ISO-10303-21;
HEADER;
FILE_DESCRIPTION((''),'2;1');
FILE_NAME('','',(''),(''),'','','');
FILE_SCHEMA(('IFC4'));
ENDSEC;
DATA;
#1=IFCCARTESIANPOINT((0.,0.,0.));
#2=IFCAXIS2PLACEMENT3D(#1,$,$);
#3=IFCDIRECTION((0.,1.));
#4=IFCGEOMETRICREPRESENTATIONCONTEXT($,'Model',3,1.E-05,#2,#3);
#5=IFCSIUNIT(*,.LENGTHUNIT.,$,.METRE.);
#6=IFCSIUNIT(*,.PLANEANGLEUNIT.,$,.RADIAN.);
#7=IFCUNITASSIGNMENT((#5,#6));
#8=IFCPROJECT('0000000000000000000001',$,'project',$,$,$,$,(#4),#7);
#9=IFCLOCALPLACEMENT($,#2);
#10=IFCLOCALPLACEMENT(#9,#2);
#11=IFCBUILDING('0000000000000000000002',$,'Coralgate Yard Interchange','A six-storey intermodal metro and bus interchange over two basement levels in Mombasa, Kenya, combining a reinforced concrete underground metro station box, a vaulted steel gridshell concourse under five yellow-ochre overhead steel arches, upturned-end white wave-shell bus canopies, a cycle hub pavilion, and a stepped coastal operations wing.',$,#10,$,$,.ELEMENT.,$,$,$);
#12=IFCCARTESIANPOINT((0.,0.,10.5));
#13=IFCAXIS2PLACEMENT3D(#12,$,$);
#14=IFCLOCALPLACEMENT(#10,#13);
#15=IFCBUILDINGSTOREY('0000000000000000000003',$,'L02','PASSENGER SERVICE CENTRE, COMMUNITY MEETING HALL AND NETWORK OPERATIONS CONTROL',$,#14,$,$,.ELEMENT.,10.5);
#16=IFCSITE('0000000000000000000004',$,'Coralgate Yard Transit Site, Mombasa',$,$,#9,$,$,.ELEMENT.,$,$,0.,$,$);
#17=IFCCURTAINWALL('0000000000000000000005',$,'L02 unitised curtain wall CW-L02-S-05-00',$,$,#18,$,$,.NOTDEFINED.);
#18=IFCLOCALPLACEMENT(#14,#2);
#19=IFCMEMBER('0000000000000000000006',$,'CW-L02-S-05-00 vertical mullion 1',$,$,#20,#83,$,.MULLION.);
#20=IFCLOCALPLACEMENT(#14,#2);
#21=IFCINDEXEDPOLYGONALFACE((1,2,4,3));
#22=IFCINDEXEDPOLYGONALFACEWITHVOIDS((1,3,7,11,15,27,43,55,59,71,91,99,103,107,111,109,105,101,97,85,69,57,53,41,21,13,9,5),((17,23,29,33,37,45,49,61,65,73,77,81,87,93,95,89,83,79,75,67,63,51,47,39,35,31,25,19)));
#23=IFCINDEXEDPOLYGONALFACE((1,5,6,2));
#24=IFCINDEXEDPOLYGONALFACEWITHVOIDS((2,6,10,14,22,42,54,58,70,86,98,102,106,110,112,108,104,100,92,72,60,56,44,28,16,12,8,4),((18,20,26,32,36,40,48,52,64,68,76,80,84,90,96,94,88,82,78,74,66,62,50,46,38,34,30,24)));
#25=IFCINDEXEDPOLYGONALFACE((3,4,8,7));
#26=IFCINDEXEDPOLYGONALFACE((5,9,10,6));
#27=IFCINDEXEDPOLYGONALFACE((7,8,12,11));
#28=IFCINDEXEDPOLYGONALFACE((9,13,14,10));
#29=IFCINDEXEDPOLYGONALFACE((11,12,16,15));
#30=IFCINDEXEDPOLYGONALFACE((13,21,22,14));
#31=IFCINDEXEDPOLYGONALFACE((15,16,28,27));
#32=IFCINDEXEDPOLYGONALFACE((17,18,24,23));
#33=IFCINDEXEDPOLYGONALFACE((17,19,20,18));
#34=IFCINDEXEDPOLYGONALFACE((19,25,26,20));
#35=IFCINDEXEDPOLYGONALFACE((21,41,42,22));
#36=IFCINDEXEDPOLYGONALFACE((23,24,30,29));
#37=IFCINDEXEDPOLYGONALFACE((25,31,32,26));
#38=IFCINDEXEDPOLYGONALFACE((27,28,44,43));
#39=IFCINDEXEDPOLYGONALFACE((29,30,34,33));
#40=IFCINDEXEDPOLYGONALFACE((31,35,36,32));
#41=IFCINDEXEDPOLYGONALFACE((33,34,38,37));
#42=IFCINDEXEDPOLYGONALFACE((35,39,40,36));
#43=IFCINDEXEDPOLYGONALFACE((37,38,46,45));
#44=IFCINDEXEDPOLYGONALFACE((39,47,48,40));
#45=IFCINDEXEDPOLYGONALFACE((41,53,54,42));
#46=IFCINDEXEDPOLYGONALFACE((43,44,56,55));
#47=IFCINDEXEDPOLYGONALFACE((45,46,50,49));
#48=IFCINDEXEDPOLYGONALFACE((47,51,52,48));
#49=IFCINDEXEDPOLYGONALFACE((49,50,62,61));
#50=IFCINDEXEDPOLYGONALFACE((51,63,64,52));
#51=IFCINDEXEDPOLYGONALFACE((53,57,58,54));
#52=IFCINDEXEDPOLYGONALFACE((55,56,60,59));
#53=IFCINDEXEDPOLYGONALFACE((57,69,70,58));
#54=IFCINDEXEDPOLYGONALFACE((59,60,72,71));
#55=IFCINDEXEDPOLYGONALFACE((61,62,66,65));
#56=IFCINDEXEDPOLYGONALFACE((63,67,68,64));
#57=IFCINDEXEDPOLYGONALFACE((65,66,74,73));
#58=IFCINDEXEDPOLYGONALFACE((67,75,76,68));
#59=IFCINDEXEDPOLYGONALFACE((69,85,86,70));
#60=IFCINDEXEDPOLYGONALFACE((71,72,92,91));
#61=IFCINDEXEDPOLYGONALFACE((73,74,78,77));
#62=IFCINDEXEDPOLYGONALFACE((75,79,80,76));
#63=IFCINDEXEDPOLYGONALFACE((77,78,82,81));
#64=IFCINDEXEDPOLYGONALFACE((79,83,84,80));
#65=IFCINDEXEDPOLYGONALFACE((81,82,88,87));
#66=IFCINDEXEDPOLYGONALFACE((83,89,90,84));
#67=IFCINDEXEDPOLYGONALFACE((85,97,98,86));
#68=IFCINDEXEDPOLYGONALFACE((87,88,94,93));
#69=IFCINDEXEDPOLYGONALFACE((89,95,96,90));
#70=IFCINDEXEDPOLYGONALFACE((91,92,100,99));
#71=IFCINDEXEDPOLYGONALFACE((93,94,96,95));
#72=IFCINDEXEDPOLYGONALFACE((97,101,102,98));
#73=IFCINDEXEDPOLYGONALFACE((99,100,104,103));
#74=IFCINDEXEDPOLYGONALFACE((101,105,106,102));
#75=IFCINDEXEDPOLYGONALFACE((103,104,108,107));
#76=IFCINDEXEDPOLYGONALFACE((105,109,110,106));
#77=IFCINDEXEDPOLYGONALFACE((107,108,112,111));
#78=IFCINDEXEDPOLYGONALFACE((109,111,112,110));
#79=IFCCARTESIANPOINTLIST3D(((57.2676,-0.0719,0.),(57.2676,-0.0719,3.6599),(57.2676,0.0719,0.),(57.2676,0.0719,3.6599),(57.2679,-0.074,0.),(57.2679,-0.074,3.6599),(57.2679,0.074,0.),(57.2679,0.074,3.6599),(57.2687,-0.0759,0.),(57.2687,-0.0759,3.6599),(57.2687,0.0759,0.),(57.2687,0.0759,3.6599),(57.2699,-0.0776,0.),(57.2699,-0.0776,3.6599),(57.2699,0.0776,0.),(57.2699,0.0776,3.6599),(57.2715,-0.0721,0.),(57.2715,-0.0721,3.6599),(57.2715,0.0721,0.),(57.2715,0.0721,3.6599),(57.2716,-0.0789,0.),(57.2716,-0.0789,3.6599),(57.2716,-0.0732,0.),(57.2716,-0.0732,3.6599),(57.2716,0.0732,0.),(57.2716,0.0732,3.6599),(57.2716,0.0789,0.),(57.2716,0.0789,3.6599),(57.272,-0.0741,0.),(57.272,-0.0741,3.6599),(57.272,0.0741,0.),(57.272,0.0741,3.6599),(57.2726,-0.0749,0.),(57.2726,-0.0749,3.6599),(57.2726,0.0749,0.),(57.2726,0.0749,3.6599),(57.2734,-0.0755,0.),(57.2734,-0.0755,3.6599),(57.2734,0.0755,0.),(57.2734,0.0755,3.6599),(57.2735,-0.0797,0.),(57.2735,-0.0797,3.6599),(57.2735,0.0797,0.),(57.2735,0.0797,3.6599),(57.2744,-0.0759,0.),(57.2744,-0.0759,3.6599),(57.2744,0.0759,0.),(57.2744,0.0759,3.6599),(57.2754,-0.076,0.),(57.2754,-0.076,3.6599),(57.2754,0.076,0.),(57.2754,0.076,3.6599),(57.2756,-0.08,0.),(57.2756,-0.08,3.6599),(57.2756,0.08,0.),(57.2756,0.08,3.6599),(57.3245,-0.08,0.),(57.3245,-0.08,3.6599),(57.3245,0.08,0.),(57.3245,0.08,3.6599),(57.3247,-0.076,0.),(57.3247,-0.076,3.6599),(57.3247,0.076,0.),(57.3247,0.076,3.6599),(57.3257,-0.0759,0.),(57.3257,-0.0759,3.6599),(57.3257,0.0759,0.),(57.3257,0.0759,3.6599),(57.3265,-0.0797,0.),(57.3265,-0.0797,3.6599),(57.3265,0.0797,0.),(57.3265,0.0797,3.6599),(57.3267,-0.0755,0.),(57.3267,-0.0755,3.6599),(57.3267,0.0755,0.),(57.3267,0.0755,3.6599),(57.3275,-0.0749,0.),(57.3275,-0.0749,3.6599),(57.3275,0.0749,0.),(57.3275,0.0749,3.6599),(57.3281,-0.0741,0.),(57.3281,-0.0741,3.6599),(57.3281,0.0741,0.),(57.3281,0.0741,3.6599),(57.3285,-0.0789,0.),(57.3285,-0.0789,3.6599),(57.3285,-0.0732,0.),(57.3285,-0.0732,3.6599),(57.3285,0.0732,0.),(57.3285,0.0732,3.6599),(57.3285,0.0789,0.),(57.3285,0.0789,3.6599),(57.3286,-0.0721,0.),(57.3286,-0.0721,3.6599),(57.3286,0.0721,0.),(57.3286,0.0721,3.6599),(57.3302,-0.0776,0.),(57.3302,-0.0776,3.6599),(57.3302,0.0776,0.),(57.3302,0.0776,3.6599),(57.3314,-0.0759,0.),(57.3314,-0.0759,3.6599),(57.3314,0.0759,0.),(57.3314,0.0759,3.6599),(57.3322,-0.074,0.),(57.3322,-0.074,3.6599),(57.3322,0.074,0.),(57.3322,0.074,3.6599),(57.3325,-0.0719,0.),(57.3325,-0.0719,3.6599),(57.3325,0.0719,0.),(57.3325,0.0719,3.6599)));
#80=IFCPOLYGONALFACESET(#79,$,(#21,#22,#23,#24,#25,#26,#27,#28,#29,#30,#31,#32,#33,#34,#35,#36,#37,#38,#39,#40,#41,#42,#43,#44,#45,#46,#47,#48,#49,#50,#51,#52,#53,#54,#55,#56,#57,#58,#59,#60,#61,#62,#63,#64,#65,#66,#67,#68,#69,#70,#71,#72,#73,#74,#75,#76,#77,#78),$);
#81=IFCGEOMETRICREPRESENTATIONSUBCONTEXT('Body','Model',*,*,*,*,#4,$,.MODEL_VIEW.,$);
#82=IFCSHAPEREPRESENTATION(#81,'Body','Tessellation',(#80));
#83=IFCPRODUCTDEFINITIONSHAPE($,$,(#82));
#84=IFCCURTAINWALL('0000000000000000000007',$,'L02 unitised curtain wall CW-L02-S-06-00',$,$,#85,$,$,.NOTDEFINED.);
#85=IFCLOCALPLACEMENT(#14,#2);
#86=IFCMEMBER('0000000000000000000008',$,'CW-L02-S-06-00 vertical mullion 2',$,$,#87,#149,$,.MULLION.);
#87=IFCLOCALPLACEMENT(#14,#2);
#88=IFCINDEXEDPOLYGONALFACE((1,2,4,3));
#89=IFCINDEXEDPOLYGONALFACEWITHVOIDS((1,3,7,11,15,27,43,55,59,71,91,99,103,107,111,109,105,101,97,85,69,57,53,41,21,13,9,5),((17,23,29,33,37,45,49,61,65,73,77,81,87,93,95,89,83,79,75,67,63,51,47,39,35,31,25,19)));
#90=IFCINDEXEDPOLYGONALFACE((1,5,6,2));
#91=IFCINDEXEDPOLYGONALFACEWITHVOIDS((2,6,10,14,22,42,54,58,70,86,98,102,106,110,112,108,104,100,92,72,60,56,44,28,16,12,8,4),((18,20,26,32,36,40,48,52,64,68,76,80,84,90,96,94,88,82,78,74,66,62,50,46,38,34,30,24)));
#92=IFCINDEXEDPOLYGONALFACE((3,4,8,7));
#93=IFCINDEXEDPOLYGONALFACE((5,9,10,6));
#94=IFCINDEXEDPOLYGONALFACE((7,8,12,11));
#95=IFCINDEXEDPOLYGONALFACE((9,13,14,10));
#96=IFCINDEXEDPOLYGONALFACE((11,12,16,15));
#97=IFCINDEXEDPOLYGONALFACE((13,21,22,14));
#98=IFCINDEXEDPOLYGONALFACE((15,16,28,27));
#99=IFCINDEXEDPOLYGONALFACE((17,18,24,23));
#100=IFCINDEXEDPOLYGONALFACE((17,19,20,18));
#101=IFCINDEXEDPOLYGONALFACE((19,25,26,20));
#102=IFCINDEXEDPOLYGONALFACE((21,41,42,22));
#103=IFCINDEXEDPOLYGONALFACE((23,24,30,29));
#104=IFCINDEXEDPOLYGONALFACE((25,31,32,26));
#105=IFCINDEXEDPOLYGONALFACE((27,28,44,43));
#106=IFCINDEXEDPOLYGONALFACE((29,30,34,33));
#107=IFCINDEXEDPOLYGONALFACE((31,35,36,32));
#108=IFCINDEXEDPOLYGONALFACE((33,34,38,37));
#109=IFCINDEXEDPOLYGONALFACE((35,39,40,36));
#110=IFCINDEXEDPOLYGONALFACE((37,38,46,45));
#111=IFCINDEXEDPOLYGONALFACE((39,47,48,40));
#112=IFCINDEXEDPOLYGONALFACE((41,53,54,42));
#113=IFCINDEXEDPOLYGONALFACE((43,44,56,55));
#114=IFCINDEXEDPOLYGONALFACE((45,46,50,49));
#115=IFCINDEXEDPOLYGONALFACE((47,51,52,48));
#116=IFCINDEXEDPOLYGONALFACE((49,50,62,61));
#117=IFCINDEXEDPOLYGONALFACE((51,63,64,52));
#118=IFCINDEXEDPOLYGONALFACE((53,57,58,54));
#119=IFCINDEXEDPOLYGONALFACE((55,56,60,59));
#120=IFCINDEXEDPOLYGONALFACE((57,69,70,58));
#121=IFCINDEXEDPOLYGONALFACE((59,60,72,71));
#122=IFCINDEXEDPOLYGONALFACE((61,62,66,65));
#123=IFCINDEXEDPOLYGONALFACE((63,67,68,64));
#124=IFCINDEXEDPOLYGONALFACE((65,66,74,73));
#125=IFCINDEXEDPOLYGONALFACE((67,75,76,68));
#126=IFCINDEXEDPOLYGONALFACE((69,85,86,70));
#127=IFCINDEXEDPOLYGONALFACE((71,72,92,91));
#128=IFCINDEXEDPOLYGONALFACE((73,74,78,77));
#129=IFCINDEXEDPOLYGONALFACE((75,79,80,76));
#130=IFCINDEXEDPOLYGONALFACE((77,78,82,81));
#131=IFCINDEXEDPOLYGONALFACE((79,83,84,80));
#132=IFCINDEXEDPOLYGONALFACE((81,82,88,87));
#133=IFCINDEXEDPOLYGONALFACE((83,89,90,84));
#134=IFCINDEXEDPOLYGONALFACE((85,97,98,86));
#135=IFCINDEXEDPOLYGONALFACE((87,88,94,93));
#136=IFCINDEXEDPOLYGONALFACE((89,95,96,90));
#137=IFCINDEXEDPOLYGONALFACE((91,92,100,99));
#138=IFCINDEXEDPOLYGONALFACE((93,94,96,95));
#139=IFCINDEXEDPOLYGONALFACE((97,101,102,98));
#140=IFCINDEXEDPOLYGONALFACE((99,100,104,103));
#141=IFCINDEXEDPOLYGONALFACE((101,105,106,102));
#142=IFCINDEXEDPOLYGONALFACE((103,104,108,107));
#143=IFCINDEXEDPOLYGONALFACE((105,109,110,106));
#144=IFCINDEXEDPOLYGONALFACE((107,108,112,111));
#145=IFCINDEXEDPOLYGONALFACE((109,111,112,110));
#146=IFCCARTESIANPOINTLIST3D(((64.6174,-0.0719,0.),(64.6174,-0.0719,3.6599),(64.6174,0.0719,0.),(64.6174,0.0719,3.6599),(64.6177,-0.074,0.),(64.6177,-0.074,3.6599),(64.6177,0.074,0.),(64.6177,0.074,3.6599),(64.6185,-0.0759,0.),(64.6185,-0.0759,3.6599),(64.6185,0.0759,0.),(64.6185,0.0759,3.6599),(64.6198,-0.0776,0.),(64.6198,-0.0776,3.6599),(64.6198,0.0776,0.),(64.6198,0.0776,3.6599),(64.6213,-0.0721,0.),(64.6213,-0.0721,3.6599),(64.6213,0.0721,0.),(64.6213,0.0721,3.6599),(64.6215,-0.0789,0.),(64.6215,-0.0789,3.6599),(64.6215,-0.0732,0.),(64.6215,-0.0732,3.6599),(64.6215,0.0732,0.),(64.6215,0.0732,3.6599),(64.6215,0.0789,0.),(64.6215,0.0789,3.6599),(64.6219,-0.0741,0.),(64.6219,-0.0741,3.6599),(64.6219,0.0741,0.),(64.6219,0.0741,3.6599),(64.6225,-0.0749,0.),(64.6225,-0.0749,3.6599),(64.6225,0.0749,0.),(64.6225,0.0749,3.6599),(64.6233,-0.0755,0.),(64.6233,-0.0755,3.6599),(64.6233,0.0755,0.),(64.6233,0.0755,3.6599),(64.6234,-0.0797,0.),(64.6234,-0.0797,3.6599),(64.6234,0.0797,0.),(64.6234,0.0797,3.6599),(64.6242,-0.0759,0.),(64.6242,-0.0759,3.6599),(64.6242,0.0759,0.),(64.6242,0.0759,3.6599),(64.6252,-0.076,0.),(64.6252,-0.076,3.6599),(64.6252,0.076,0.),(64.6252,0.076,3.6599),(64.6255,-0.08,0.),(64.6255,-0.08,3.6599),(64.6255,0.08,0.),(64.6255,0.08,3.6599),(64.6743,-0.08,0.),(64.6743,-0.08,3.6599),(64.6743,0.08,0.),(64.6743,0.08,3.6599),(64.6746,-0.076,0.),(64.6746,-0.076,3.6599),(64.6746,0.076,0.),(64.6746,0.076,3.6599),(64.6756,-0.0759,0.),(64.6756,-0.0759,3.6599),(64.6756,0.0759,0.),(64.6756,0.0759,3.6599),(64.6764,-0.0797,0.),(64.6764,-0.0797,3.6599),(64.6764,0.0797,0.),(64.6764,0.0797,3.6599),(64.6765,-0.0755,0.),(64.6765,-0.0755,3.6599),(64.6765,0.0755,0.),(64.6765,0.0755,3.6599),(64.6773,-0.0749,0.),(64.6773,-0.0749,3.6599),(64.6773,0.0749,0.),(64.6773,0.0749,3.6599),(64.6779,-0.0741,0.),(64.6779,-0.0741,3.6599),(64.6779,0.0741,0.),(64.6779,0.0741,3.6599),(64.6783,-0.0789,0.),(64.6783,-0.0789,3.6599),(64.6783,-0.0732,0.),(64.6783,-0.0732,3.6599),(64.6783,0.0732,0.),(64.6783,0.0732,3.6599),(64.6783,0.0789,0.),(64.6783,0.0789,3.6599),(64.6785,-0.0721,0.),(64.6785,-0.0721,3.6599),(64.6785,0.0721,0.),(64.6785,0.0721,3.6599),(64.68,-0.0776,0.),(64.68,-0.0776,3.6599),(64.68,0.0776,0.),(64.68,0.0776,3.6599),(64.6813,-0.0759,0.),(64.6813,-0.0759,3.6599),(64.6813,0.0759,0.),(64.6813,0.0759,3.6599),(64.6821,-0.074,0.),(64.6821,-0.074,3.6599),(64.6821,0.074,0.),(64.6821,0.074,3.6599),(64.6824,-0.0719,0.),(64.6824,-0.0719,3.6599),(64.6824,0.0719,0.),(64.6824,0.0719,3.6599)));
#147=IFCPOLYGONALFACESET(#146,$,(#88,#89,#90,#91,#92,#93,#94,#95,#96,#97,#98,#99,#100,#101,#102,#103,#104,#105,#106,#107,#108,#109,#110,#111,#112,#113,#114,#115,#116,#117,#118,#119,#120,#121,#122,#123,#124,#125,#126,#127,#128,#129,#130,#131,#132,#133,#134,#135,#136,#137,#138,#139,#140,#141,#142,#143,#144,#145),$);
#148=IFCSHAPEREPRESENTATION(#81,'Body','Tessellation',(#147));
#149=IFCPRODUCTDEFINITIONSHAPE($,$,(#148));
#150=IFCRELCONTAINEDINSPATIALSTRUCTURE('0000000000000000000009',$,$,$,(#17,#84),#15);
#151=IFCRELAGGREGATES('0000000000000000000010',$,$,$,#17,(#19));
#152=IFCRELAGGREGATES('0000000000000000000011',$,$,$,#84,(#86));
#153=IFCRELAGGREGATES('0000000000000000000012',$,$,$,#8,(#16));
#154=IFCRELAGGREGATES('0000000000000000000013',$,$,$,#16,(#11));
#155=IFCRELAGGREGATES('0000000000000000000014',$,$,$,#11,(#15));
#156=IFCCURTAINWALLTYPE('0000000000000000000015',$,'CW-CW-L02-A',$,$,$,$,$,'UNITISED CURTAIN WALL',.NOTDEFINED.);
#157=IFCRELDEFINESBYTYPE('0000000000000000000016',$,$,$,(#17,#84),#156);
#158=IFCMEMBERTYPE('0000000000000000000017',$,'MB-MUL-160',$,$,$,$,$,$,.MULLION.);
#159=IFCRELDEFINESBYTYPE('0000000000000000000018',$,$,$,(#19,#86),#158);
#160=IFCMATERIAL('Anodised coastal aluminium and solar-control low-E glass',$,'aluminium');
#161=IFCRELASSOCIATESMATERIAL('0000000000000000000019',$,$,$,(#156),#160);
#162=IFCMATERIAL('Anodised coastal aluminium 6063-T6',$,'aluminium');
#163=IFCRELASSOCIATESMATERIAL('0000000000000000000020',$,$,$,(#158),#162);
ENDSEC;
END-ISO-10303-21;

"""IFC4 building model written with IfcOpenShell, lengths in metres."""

from ifc_helpers import new_model, si_unit, direction, frame, origin, origin_2d, place, context, subcontext, project, spatial, hollow_rectangle, extrude, material, material_profile, profile_set, type_object, element, aggregate, save


model = new_model("IFC4")

# Units and contexts
model_context = context("Model", 3, precision=1e-05, world=origin(), true_north=direction((0.0, 1.0)))
body_context = subcontext(model_context, "Body", "Model", "MODEL_VIEW")
ifc_project = project(units=[si_unit("LENGTHUNIT", "METRE"), si_unit("PLANEANGLEUNIT", "RADIAN")], contexts=[model_context])

# Site, building, storey
site_placement = place(None, origin())
site = spatial("IfcSite", under=ifc_project, at=site_placement, Name="Coralgate Yard Transit Site, Mombasa", CompositionType="ELEMENT", RefElevation=0.0)
building_placement = place(site_placement, origin())
building = spatial("IfcBuilding", under=site, at=building_placement, Name="Coralgate Yard Interchange", Description="A six-storey intermodal metro and bus interchange over two basement levels in Mombasa, Kenya, combining a reinforced concrete underground metro station box, a vaulted steel gridshell concourse under five yellow-ochre overhead steel arches, upturned-end white wave-shell bus canopies, a cycle hub pavilion, and a stepped coastal operations wing.", CompositionType="ELEMENT")
storey_placement = place(building_placement, frame((0.0, 0.0, 10.5)))
storey = spatial("IfcBuildingStorey", under=building, at=storey_placement, Name="L02", Description="PASSENGER SERVICE CENTRE, COMMUNITY MEETING HALL AND NETWORK OPERATIONS CONTROL", CompositionType="ELEMENT", Elevation=10.5)

# Curtain wall, member
ifc_material_1 = material(Name="Anodised coastal aluminium and solar-control low-E glass", Category="aluminium")
curtain_wall_type = type_object("IfcCurtainWallType", Name="CW-CW-L02-A", ElementType="UNITISED CURTAIN WALL", PredefinedType="NOTDEFINED", material=ifc_material_1)
curtain_wall_1_placement = place(storey_placement, origin())
curtain_wall_1 = element("IfcCurtainWall", 1, at=curtain_wall_1_placement, inside=storey, type_object=curtain_wall_type, Name="L02 unitised curtain wall CW-L02-S-05-00", PredefinedType="NOTDEFINED")
ifc_material_2 = material(Name="Anodised coastal aluminium 6063-T6", Category="aluminium")
ifc_material_profile_1 = material_profile(ifc_material_2, hollow_rectangle(XDim=0.0649, YDim=0.1599, WallThickness=0.0039, InnerFilletRadius=0.0039, OuterFilletRadius=0.0081, at=origin_2d()), Name="ALU 65x160x4")
ifc_profile_set_1 = profile_set([ifc_material_profile_1], Name="Anodised coastal aluminium 6063-T6")
member_type_1 = type_object("IfcMemberType", Name="MB-MUL-160", PredefinedType="MULLION", material=ifc_profile_set_1)
member_1_placement = place(storey_placement, frame((57.3, 0.0, 0.0), z_axis=(0.0, 0.0, 1.0), x_axis=(1.0, 0.0, 0.0)))
member_1 = element("IfcMember", 2, at=member_1_placement, type_object=member_type_1, Name="CW-L02-S-05-00 vertical mullion 1", PredefinedType="MULLION", context=body_context, shape_type="SweptSolid", body=[
    extrude(hollow_rectangle(XDim=0.0649, YDim=0.1599, WallThickness=0.0039, InnerFilletRadius=0.0039, OuterFilletRadius=0.0081, at=origin_2d()), origin(), (0.0, 0.0, 1.0), 3.6599),
])

# Curtain wall, member
curtain_wall_2_placement = place(storey_placement, origin())
curtain_wall_2 = element("IfcCurtainWall", 3, at=curtain_wall_2_placement, inside=storey, type_object=curtain_wall_type, Name="L02 unitised curtain wall CW-L02-S-06-00", PredefinedType="NOTDEFINED")
member_2_placement = place(storey_placement, frame((64.6499, 0.0, 0.0), z_axis=(0.0, 0.0, 1.0), x_axis=(1.0, 0.0, 0.0)))
member_2 = element("IfcMember", 4, at=member_2_placement, type_object=member_type_1, Name="CW-L02-S-06-00 vertical mullion 2", PredefinedType="MULLION", context=body_context, shape_type="SweptSolid", body=[
    extrude(hollow_rectangle(XDim=0.0649, YDim=0.1599, WallThickness=0.0039, InnerFilletRadius=0.0039, OuterFilletRadius=0.0081, at=origin_2d()), origin(), (0.0, 0.0, 1.0), 3.6599),
])

aggregate(curtain_wall_1, [member_1])
aggregate(curtain_wall_2, [member_2])

save(model, "model.ifc")
